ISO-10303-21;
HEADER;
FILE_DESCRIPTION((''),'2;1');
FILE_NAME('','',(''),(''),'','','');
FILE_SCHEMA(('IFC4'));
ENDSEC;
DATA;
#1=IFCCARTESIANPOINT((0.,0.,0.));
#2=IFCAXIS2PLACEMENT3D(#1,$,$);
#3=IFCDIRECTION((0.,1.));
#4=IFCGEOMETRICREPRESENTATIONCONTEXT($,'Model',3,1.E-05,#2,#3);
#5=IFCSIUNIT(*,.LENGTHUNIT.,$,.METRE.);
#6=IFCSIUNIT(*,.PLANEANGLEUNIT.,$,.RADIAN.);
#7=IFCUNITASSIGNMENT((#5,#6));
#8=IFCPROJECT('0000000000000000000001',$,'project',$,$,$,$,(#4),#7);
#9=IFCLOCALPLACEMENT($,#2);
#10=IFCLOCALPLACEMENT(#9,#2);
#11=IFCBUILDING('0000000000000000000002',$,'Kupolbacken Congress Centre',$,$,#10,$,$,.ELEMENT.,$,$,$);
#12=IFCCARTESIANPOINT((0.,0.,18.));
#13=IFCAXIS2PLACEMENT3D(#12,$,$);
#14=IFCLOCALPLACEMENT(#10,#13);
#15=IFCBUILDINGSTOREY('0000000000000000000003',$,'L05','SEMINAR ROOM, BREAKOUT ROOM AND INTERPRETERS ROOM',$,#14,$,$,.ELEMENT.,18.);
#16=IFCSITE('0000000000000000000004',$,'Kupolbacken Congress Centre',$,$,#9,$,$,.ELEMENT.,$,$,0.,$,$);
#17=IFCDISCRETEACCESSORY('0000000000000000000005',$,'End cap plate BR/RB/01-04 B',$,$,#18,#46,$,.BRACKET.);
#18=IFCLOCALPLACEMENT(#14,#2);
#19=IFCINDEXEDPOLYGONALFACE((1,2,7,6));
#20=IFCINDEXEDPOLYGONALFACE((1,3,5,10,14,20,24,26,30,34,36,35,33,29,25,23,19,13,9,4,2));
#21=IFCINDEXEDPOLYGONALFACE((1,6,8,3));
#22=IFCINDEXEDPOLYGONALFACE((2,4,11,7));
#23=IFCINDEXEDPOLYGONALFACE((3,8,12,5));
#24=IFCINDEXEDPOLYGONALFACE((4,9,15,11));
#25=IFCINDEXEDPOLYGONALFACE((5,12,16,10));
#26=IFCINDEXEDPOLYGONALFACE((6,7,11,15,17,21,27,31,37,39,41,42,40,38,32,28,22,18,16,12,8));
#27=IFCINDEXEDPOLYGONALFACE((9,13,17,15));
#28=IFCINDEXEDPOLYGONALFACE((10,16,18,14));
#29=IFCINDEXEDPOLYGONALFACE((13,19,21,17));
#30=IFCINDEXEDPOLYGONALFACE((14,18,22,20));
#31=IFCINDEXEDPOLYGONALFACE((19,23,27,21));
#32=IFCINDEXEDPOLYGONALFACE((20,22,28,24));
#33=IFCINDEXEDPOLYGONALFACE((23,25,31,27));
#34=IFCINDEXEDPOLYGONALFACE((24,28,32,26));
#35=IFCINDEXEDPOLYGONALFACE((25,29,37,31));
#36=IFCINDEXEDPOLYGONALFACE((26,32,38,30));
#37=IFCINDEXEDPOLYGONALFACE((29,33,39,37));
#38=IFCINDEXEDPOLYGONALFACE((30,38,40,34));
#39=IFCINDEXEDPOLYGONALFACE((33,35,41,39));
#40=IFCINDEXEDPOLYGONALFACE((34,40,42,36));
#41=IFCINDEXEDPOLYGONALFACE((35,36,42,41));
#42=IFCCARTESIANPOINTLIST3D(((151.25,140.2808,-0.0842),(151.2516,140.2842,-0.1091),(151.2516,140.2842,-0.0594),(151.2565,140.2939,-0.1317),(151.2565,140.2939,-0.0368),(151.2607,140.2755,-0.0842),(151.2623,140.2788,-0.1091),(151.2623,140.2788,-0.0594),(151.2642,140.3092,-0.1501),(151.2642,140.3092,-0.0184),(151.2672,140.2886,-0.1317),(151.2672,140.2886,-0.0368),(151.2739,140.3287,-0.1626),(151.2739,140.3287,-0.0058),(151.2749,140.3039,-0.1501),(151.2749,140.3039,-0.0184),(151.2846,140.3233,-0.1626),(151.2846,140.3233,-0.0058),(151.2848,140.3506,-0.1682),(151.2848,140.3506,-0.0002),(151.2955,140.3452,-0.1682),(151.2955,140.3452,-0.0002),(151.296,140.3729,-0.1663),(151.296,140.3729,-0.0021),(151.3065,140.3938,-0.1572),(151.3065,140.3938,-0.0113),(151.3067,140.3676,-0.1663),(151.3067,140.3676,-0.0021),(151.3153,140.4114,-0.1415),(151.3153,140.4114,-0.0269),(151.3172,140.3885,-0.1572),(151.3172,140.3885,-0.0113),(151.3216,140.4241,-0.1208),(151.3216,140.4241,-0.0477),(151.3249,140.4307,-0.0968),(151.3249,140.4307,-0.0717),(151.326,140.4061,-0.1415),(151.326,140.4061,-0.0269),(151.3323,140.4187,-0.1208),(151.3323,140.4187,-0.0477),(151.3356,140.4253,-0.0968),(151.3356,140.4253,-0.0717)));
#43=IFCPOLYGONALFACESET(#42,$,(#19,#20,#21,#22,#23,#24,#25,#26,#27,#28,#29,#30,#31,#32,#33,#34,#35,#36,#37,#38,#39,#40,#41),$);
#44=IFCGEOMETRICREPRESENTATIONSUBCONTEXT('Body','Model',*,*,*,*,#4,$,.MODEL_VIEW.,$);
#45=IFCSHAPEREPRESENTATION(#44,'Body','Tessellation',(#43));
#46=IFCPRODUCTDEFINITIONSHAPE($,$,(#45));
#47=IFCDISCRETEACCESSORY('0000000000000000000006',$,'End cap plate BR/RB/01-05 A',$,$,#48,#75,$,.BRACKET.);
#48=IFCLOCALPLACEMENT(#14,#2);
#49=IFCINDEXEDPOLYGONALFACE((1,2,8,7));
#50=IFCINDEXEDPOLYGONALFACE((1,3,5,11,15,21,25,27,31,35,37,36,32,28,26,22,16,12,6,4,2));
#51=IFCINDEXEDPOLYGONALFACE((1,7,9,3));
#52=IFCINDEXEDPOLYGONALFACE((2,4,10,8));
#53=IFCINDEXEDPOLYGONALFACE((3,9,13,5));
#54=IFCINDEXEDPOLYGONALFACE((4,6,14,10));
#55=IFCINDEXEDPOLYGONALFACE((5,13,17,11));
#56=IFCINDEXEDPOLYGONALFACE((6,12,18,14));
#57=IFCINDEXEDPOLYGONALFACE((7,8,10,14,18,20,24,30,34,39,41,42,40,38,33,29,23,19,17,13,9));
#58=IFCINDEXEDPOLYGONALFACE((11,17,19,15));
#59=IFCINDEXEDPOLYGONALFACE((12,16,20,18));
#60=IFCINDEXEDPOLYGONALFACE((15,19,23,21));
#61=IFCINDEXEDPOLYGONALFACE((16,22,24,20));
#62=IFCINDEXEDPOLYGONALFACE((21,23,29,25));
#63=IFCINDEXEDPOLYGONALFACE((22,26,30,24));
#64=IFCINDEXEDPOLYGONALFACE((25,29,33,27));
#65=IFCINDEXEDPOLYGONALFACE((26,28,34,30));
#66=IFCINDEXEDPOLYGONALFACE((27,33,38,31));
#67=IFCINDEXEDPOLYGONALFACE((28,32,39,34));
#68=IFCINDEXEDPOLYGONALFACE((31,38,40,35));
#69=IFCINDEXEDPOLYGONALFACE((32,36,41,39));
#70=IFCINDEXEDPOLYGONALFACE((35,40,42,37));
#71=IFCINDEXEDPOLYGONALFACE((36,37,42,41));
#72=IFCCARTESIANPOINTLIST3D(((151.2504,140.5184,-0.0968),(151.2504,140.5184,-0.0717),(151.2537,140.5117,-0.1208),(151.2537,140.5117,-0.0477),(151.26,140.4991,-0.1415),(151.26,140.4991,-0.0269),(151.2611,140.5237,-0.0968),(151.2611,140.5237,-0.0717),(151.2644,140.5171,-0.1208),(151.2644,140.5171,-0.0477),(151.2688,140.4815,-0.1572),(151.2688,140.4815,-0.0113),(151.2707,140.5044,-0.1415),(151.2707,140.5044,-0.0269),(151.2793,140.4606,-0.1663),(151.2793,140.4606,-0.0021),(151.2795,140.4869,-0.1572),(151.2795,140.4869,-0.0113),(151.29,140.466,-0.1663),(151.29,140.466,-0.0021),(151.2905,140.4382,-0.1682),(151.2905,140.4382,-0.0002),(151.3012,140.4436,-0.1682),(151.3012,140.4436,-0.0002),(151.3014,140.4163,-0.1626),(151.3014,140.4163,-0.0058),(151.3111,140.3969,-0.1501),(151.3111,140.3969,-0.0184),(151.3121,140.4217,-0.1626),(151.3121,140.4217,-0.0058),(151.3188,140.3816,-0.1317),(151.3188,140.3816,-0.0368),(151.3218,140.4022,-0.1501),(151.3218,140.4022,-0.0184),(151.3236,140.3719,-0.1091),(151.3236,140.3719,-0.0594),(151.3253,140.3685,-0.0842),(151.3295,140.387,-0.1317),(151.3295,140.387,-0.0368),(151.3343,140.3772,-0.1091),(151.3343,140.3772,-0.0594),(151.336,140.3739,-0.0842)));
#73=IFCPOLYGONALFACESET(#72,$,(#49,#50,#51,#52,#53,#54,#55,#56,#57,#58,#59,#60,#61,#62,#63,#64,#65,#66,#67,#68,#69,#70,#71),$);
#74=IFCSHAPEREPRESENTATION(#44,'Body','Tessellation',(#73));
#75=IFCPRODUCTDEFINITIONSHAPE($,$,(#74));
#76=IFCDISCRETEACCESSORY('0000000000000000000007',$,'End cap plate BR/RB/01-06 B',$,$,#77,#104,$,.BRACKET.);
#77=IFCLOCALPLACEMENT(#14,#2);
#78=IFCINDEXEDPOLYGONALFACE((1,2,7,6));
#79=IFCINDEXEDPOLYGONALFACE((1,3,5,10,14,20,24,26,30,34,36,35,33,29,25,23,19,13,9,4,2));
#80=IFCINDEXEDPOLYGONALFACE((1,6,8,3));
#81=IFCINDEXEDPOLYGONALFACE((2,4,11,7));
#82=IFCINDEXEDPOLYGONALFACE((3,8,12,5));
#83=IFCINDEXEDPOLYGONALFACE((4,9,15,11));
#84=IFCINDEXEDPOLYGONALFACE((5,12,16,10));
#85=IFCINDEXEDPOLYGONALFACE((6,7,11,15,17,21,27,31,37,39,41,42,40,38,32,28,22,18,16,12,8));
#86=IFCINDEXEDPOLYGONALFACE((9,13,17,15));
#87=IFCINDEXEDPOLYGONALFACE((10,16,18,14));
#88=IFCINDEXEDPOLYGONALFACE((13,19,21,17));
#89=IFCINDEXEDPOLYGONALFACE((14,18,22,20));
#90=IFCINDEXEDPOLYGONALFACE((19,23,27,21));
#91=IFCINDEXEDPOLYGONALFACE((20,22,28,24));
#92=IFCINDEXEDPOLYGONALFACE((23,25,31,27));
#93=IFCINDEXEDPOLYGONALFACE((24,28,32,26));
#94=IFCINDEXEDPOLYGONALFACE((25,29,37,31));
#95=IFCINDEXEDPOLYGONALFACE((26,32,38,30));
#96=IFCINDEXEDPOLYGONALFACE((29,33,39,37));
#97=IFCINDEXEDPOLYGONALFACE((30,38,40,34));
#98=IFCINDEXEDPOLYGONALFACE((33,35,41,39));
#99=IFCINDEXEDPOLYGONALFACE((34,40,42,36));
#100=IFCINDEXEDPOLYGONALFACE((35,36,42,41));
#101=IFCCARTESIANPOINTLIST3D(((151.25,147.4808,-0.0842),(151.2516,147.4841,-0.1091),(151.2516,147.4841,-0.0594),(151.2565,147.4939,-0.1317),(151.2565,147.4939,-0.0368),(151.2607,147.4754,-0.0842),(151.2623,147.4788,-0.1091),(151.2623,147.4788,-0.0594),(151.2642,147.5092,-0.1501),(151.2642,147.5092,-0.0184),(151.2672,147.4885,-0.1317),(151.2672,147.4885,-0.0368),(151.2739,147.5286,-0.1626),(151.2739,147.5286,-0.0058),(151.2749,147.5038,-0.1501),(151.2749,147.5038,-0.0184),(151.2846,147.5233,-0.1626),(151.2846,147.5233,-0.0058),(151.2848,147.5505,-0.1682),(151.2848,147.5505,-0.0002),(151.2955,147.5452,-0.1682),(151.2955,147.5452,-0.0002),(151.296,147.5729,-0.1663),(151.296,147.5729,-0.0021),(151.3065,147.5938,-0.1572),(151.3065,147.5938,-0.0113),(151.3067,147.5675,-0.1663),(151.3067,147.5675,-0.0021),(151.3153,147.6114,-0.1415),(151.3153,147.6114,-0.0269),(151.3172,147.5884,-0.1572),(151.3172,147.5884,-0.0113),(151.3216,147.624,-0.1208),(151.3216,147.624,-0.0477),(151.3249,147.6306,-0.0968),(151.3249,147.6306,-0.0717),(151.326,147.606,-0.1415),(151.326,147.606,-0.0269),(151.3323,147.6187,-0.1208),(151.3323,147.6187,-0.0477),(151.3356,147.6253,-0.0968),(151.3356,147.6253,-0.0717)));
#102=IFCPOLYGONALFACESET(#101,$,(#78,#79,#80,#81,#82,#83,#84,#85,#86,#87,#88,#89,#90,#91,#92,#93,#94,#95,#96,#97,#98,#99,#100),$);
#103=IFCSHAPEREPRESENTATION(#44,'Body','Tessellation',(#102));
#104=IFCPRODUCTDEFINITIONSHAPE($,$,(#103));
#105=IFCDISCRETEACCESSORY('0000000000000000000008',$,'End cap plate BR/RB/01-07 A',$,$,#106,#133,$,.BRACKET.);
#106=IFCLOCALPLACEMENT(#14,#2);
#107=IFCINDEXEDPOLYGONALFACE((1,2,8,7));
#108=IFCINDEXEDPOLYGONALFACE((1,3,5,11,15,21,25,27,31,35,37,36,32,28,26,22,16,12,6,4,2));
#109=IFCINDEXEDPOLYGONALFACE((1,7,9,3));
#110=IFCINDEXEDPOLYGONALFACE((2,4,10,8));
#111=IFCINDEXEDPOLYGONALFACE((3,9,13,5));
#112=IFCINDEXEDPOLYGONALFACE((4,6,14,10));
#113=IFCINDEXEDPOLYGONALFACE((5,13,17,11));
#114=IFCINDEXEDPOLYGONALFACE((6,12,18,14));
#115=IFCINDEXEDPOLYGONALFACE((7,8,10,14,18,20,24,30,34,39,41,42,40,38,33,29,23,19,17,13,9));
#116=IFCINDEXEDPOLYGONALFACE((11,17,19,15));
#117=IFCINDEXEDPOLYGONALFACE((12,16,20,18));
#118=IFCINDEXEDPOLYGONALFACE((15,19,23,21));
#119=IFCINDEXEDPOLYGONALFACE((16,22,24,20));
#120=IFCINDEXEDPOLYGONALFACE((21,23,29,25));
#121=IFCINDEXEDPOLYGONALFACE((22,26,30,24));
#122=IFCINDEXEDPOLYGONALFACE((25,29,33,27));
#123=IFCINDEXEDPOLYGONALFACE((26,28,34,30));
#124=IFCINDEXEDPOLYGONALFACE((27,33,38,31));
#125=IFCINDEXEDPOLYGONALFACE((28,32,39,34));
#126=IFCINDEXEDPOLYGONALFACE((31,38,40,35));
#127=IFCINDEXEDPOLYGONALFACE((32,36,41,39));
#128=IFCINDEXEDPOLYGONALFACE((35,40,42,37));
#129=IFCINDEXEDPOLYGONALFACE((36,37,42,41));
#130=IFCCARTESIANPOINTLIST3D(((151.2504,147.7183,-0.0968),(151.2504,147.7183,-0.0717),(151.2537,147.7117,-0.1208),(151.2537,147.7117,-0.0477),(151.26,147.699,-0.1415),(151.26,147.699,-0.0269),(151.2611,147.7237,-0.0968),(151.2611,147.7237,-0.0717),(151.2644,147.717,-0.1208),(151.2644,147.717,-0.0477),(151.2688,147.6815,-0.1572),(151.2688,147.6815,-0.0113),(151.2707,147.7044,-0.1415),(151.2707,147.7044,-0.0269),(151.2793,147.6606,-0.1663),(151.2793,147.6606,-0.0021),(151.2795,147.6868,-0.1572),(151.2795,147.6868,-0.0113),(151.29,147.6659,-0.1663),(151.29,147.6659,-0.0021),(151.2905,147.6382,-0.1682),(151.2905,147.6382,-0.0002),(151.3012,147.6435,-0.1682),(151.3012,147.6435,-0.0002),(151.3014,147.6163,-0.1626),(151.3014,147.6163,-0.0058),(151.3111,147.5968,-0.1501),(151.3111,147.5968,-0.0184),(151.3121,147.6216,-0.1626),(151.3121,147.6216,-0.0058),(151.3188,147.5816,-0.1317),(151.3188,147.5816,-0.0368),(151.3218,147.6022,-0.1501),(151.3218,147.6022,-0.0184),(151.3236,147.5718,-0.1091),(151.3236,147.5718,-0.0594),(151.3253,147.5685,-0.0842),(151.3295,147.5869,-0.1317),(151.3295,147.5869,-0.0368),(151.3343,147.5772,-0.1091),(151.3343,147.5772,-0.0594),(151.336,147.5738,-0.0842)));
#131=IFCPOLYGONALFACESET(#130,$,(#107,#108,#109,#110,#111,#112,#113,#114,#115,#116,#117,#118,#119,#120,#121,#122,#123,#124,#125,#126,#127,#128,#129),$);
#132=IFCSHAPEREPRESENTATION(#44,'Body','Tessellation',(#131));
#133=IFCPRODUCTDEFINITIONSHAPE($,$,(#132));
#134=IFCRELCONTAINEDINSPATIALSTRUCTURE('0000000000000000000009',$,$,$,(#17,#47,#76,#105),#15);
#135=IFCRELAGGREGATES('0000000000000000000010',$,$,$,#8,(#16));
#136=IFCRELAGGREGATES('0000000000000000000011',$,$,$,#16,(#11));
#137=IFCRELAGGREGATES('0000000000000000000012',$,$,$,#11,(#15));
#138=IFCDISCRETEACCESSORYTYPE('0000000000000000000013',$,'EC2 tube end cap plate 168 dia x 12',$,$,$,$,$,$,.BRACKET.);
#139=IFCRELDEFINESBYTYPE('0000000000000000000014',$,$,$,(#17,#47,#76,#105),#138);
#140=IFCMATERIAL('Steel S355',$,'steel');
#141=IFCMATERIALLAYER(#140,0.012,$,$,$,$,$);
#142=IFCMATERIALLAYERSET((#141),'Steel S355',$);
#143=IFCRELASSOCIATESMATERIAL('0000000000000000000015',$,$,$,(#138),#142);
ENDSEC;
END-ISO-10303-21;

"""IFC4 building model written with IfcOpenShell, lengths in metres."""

from ifc_helpers import new_model, si_unit, direction, frame, origin, origin_2d, place, context, subcontext, project, spatial, circle, extrude, material, layer, layer_set, type_object, element, save


model = new_model("IFC4")

# Units and contexts
model_context = context("Model", 3, precision=1e-05, world=origin(), true_north=direction((0.0, 1.0)))
body_context = subcontext(model_context, "Body", "Model", "MODEL_VIEW")
ifc_project = project(units=[si_unit("LENGTHUNIT", "METRE"), si_unit("PLANEANGLEUNIT", "RADIAN")], contexts=[model_context])

# Site, building, storey
site_placement = place(None, origin())
site = spatial("IfcSite", under=ifc_project, at=site_placement, Name="Kupolbacken Congress Centre", CompositionType="ELEMENT", RefElevation=0.0)
building_placement = place(site_placement, origin())
building = spatial("IfcBuilding", under=site, at=building_placement, Name="Kupolbacken Congress Centre", CompositionType="ELEMENT")
storey_placement = place(building_placement, frame((0.0, 0.0, 18.0)))
storey = spatial("IfcBuildingStorey", under=building, at=storey_placement, Name="L05", Description="SEMINAR ROOM, BREAKOUT ROOM AND INTERPRETERS ROOM", CompositionType="ELEMENT", Elevation=18.0)

# Discrete accessories
ifc_material_1 = material(Name="Steel S355", Category="steel")
ifc_layer_1 = layer(ifc_material_1, 0.012)
ifc_layer_set_1 = layer_set([ifc_layer_1], Name="Steel S355")
discrete_accessory_type = type_object("IfcDiscreteAccessoryType", Name="EC2 tube end cap plate 168 dia x 12", PredefinedType="BRACKET", material=ifc_layer_set_1)
for number, where, z_axis, x_axis, name in (
    (1, (151.2983, 140.3508, -0.0842), (-0.894427, 0.447214, 0.0), (-0.447214, -0.894427, 0.0), "End cap plate BR/RB/01-04 B"),
    (2, (151.2983, 140.4492, -0.0842), (-0.894427, -0.447214, 0.0), (0.447214, -0.894427, 0.0), "End cap plate BR/RB/01-05 A"),
    (3, (151.2983, 147.5508, -0.0842), (-0.894427, 0.447214, 0.0), (-0.447214, -0.894427, 0.0), "End cap plate BR/RB/01-06 B"),
    (4, (151.2983, 147.6492, -0.0842), (-0.894427, -0.447214, 0.0), (0.447214, -0.894427, 0.0), "End cap plate BR/RB/01-07 A"),
):
    element("IfcDiscreteAccessory", number, at=place(storey_placement, frame(where, z_axis=z_axis, x_axis=x_axis)), inside=storey, type_object=discrete_accessory_type, Name=name, PredefinedType="BRACKET", context=body_context, shape_type="SweptSolid", body=[
        extrude(circle(Radius=0.0842, at=origin_2d()), origin(), (0.0, 0.0, 1.0), 0.012),
    ])

save(model, "model.ifc")
